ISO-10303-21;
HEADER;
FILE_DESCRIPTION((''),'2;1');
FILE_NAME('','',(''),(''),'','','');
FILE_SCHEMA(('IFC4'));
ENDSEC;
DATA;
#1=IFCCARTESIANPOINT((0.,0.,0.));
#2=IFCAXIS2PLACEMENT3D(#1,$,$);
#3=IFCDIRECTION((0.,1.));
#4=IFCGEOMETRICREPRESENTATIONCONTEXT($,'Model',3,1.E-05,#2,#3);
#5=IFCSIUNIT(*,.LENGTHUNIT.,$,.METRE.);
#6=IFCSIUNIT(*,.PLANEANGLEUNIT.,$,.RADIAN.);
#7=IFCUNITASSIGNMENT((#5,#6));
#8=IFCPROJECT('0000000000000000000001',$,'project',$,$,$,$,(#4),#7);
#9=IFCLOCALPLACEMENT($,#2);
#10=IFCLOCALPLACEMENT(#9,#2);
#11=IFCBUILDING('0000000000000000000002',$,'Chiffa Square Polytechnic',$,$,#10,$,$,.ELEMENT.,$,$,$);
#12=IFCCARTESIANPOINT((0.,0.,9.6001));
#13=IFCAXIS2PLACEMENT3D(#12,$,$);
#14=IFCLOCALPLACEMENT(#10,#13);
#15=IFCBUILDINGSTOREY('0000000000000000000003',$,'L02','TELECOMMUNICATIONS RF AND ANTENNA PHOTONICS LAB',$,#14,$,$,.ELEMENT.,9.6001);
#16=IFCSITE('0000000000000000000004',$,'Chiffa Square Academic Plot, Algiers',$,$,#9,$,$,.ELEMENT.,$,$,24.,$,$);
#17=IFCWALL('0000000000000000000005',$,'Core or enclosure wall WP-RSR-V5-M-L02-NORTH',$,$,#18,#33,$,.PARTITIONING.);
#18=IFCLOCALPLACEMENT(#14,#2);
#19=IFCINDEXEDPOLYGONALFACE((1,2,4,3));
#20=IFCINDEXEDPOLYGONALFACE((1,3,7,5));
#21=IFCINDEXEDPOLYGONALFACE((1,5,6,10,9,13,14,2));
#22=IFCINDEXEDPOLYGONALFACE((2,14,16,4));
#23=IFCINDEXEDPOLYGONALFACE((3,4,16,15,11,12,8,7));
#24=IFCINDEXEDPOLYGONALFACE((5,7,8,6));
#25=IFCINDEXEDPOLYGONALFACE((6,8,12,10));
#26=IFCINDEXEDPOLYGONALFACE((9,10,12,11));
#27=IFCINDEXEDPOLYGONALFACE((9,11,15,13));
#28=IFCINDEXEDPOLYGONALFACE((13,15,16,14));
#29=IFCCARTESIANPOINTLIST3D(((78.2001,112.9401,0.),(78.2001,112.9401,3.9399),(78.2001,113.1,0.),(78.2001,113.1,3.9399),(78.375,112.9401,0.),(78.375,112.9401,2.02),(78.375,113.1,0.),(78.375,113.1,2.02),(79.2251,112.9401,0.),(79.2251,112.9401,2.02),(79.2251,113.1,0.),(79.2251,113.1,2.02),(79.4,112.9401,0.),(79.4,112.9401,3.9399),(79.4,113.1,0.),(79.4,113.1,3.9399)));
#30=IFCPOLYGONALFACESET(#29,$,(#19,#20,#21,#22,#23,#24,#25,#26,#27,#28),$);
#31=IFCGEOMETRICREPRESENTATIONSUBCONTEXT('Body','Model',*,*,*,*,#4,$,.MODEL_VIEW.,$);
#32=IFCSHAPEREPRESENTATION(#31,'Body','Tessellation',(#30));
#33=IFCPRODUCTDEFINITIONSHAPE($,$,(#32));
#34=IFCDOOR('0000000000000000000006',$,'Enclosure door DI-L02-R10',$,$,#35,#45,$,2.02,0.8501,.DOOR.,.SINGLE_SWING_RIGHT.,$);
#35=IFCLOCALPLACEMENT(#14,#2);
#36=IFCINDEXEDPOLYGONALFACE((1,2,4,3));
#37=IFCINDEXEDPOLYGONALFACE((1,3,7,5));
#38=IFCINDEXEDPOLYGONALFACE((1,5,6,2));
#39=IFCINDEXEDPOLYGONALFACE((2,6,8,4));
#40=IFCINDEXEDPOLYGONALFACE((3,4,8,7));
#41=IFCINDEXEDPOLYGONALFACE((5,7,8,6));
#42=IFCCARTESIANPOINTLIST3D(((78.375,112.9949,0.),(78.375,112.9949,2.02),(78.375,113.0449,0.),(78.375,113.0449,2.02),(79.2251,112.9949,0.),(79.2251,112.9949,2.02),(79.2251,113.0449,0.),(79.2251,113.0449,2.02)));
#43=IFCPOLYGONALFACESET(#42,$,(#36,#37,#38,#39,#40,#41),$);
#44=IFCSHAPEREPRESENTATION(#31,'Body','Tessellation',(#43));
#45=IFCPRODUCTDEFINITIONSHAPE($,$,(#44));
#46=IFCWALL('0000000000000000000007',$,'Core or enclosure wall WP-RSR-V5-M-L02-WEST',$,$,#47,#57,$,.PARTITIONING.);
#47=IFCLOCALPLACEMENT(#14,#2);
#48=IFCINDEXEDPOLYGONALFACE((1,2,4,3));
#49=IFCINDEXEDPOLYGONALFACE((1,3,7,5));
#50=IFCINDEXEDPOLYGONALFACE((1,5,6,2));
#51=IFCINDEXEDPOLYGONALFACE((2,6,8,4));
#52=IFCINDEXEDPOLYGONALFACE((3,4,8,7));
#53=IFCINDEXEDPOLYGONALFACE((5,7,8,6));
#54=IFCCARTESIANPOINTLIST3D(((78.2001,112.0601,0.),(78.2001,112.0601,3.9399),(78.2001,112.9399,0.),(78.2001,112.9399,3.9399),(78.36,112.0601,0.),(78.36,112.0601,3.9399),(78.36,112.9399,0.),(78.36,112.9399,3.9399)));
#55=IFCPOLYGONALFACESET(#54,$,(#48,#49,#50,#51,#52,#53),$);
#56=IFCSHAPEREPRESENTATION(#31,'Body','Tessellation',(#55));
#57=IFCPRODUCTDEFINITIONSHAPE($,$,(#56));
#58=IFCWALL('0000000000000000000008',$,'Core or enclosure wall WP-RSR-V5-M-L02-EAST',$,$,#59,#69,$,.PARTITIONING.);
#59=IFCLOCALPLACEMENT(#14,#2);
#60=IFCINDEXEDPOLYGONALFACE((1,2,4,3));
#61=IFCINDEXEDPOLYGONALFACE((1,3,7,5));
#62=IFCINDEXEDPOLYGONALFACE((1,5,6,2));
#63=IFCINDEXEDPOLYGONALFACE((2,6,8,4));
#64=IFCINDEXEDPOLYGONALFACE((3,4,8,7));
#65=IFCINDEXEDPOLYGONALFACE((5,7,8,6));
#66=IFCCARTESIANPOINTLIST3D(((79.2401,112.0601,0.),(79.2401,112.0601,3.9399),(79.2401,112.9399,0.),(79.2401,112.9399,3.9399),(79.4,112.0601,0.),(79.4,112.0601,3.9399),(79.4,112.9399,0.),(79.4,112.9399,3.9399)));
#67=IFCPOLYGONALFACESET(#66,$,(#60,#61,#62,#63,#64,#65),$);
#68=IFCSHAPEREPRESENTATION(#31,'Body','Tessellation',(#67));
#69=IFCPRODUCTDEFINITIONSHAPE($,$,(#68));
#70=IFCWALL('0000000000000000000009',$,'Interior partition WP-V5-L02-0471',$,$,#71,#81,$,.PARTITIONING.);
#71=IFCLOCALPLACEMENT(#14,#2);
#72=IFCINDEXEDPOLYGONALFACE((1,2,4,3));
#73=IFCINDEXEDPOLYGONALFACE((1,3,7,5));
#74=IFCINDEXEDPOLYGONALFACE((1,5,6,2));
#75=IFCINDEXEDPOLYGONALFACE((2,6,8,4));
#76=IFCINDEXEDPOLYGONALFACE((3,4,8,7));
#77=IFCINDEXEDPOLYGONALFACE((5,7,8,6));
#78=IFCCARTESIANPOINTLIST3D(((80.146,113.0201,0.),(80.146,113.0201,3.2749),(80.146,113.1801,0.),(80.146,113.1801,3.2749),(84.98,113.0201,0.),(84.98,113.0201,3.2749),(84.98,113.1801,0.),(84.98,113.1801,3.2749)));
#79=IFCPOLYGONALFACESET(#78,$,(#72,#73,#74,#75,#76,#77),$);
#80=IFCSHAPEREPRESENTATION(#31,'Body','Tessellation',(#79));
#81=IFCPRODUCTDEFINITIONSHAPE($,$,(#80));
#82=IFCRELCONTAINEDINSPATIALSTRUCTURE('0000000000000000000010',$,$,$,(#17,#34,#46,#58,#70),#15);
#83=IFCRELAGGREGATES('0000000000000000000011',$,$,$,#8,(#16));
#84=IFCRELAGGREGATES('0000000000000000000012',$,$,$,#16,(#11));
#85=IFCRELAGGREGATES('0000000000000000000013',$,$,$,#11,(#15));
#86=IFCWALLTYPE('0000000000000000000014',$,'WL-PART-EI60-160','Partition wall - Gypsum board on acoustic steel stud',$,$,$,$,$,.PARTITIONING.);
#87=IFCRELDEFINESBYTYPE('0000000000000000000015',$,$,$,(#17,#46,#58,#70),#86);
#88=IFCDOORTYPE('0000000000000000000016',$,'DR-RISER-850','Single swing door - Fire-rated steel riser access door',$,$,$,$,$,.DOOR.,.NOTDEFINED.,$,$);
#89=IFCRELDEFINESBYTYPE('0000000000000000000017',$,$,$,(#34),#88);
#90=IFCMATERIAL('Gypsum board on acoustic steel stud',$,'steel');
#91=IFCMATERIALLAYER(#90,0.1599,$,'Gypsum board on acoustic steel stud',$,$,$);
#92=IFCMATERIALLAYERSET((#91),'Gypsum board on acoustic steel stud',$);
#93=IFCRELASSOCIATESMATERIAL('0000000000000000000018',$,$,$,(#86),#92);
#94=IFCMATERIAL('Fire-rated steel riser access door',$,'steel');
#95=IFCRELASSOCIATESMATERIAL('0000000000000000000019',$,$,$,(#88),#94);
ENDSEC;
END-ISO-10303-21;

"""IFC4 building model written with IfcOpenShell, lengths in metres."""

from ifc_helpers import new_model, si_unit, direction, frame, frame_2d, origin, place, context, subcontext, project, spatial, rectangle, extrude, material, layer, layer_set, type_object, element, fill, save


model = new_model("IFC4")

# Units and contexts
model_context = context("Model", 3, precision=1e-05, world=origin(), true_north=direction((0.0, 1.0)))
body_context = subcontext(model_context, "Body", "Model", "MODEL_VIEW")
ifc_project = project(units=[si_unit("LENGTHUNIT", "METRE"), si_unit("PLANEANGLEUNIT", "RADIAN")], contexts=[model_context])

# Site, building, storey
site_placement = place(None, origin())
site = spatial("IfcSite", under=ifc_project, at=site_placement, Name="Chiffa Square Academic Plot, Algiers", CompositionType="ELEMENT", RefElevation=24.0)
building_placement = place(site_placement, origin())
building = spatial("IfcBuilding", under=site, at=building_placement, Name="Chiffa Square Polytechnic", CompositionType="ELEMENT")
storey_placement = place(building_placement, frame((0.0, 0.0, 9.6001)))
storey = spatial("IfcBuildingStorey", under=building, at=storey_placement, Name="L02", Description="TELECOMMUNICATIONS RF AND ANTENNA PHOTONICS LAB", CompositionType="ELEMENT", Elevation=9.6001)

# Shared definitions
ifc_material_1 = material(Name="Gypsum board on acoustic steel stud", Category="steel")
ifc_layer_1 = layer(ifc_material_1, 0.1599, Name="Gypsum board on acoustic steel stud")
ifc_layer_set_1 = layer_set([ifc_layer_1], Name="Gypsum board on acoustic steel stud")
wall_type_1 = type_object("IfcWallType", Name="WL-PART-EI60-160", Description="Partition wall - Gypsum board on acoustic steel stud", PredefinedType="PARTITIONING", material=ifc_layer_set_1)

# Wall, opening, door
wall_1_placement = place(storey_placement, frame((78.2, 113.02, 0.0), z_axis=(0.0, 0.0, 1.0), x_axis=(1.0, 0.0, 0.0)))
wall_1 = element("IfcWall", 1, at=wall_1_placement, inside=storey, type_object=wall_type_1, Name="Core or enclosure wall WP-RSR-V5-M-L02-NORTH", PredefinedType="PARTITIONING", context=body_context, shape_type="SweptSolid", body=[
    extrude(rectangle(XDim=1.2, YDim=0.1599, at=frame_2d((0.6001, 0.0))), origin(), (0.0, 0.0, 1.0), 3.9399),
])
opening_1_placement = place(wall_1_placement, frame((0.175, 0.0, 0.0)))
opening_1 = element("IfcOpeningElement", 2, at=opening_1_placement, cuts=wall_1, PredefinedType="OPENING", context=body_context, shape_type="SweptSolid", body=[
    extrude(rectangle(XDim=0.8501, YDim=2.02, at=frame_2d((0.425, 1.01))), frame((0.0, 0.0898, 0.0), z_axis=(0.0, -1.0, 0.0), x_axis=(1.0, 0.0, 0.0)), (0.0, 0.0, 1.0), 0.1799),
])
ifc_material_2 = material(Name="Fire-rated steel riser access door", Category="steel")
door_type = type_object("IfcDoorType", Name="DR-RISER-850", Description="Single swing door - Fire-rated steel riser access door", OperationType="NOTDEFINED", PredefinedType="DOOR", material=ifc_material_2)
door_placement = place(opening_1_placement, origin())
door = element("IfcDoor", 3, at=door_placement, inside=storey, type_object=door_type, Name="Enclosure door DI-L02-R10", OperationType="SINGLE_SWING_RIGHT", OverallHeight=2.02, OverallWidth=0.8501, PredefinedType="DOOR", context=body_context, shape_type="SweptSolid", body=[
    extrude(rectangle(XDim=0.8501, YDim=2.02, at=frame_2d((0.425, 1.01))), frame((0.0, 0.0249, 0.0), z_axis=(0.0, -1.0, 0.0), x_axis=(1.0, 0.0, 0.0)), (0.0, 0.0, 1.0), 0.05),
])
fill(opening_1, door)

# Walls
for number, where, z_axis, x_axis, name in (
    (4, (78.28, 112.0601, 0.0), (0.0, 0.0, 1.0), (0.0, 1.0, 0.0), "Core or enclosure wall WP-RSR-V5-M-L02-WEST"),
    (5, (79.3201, 112.0601, 0.0), (0.0, 0.0, 1.0), (0.0, 1.0, 0.0), "Core or enclosure wall WP-RSR-V5-M-L02-EAST"),
):
    element("IfcWall", number, at=place(storey_placement, frame(where, z_axis=z_axis, x_axis=x_axis)), inside=storey, type_object=wall_type_1, Name=name, PredefinedType="PARTITIONING", context=body_context, shape_type="SweptSolid", body=[
        extrude(rectangle(XDim=0.8799, YDim=0.1599, at=frame_2d((0.4399, 0.0))), origin(), (0.0, 0.0, 1.0), 3.9399),
    ])
wall_2_placement = place(storey_placement, frame((80.146, 113.1001, 0.0), z_axis=(0.0, 0.0, 1.0), x_axis=(1.0, 0.0, 0.0)))
element("IfcWall", 6, at=wall_2_placement, inside=storey, type_object=wall_type_1, Name="Interior partition WP-V5-L02-0471", PredefinedType="PARTITIONING", context=body_context, shape_type="SweptSolid", body=[
    extrude(rectangle(XDim=4.834, YDim=0.1599, at=frame_2d((2.417, 0.0))), origin(), (0.0, 0.0, 1.0), 3.2749),
])

save(model, "model.ifc")
